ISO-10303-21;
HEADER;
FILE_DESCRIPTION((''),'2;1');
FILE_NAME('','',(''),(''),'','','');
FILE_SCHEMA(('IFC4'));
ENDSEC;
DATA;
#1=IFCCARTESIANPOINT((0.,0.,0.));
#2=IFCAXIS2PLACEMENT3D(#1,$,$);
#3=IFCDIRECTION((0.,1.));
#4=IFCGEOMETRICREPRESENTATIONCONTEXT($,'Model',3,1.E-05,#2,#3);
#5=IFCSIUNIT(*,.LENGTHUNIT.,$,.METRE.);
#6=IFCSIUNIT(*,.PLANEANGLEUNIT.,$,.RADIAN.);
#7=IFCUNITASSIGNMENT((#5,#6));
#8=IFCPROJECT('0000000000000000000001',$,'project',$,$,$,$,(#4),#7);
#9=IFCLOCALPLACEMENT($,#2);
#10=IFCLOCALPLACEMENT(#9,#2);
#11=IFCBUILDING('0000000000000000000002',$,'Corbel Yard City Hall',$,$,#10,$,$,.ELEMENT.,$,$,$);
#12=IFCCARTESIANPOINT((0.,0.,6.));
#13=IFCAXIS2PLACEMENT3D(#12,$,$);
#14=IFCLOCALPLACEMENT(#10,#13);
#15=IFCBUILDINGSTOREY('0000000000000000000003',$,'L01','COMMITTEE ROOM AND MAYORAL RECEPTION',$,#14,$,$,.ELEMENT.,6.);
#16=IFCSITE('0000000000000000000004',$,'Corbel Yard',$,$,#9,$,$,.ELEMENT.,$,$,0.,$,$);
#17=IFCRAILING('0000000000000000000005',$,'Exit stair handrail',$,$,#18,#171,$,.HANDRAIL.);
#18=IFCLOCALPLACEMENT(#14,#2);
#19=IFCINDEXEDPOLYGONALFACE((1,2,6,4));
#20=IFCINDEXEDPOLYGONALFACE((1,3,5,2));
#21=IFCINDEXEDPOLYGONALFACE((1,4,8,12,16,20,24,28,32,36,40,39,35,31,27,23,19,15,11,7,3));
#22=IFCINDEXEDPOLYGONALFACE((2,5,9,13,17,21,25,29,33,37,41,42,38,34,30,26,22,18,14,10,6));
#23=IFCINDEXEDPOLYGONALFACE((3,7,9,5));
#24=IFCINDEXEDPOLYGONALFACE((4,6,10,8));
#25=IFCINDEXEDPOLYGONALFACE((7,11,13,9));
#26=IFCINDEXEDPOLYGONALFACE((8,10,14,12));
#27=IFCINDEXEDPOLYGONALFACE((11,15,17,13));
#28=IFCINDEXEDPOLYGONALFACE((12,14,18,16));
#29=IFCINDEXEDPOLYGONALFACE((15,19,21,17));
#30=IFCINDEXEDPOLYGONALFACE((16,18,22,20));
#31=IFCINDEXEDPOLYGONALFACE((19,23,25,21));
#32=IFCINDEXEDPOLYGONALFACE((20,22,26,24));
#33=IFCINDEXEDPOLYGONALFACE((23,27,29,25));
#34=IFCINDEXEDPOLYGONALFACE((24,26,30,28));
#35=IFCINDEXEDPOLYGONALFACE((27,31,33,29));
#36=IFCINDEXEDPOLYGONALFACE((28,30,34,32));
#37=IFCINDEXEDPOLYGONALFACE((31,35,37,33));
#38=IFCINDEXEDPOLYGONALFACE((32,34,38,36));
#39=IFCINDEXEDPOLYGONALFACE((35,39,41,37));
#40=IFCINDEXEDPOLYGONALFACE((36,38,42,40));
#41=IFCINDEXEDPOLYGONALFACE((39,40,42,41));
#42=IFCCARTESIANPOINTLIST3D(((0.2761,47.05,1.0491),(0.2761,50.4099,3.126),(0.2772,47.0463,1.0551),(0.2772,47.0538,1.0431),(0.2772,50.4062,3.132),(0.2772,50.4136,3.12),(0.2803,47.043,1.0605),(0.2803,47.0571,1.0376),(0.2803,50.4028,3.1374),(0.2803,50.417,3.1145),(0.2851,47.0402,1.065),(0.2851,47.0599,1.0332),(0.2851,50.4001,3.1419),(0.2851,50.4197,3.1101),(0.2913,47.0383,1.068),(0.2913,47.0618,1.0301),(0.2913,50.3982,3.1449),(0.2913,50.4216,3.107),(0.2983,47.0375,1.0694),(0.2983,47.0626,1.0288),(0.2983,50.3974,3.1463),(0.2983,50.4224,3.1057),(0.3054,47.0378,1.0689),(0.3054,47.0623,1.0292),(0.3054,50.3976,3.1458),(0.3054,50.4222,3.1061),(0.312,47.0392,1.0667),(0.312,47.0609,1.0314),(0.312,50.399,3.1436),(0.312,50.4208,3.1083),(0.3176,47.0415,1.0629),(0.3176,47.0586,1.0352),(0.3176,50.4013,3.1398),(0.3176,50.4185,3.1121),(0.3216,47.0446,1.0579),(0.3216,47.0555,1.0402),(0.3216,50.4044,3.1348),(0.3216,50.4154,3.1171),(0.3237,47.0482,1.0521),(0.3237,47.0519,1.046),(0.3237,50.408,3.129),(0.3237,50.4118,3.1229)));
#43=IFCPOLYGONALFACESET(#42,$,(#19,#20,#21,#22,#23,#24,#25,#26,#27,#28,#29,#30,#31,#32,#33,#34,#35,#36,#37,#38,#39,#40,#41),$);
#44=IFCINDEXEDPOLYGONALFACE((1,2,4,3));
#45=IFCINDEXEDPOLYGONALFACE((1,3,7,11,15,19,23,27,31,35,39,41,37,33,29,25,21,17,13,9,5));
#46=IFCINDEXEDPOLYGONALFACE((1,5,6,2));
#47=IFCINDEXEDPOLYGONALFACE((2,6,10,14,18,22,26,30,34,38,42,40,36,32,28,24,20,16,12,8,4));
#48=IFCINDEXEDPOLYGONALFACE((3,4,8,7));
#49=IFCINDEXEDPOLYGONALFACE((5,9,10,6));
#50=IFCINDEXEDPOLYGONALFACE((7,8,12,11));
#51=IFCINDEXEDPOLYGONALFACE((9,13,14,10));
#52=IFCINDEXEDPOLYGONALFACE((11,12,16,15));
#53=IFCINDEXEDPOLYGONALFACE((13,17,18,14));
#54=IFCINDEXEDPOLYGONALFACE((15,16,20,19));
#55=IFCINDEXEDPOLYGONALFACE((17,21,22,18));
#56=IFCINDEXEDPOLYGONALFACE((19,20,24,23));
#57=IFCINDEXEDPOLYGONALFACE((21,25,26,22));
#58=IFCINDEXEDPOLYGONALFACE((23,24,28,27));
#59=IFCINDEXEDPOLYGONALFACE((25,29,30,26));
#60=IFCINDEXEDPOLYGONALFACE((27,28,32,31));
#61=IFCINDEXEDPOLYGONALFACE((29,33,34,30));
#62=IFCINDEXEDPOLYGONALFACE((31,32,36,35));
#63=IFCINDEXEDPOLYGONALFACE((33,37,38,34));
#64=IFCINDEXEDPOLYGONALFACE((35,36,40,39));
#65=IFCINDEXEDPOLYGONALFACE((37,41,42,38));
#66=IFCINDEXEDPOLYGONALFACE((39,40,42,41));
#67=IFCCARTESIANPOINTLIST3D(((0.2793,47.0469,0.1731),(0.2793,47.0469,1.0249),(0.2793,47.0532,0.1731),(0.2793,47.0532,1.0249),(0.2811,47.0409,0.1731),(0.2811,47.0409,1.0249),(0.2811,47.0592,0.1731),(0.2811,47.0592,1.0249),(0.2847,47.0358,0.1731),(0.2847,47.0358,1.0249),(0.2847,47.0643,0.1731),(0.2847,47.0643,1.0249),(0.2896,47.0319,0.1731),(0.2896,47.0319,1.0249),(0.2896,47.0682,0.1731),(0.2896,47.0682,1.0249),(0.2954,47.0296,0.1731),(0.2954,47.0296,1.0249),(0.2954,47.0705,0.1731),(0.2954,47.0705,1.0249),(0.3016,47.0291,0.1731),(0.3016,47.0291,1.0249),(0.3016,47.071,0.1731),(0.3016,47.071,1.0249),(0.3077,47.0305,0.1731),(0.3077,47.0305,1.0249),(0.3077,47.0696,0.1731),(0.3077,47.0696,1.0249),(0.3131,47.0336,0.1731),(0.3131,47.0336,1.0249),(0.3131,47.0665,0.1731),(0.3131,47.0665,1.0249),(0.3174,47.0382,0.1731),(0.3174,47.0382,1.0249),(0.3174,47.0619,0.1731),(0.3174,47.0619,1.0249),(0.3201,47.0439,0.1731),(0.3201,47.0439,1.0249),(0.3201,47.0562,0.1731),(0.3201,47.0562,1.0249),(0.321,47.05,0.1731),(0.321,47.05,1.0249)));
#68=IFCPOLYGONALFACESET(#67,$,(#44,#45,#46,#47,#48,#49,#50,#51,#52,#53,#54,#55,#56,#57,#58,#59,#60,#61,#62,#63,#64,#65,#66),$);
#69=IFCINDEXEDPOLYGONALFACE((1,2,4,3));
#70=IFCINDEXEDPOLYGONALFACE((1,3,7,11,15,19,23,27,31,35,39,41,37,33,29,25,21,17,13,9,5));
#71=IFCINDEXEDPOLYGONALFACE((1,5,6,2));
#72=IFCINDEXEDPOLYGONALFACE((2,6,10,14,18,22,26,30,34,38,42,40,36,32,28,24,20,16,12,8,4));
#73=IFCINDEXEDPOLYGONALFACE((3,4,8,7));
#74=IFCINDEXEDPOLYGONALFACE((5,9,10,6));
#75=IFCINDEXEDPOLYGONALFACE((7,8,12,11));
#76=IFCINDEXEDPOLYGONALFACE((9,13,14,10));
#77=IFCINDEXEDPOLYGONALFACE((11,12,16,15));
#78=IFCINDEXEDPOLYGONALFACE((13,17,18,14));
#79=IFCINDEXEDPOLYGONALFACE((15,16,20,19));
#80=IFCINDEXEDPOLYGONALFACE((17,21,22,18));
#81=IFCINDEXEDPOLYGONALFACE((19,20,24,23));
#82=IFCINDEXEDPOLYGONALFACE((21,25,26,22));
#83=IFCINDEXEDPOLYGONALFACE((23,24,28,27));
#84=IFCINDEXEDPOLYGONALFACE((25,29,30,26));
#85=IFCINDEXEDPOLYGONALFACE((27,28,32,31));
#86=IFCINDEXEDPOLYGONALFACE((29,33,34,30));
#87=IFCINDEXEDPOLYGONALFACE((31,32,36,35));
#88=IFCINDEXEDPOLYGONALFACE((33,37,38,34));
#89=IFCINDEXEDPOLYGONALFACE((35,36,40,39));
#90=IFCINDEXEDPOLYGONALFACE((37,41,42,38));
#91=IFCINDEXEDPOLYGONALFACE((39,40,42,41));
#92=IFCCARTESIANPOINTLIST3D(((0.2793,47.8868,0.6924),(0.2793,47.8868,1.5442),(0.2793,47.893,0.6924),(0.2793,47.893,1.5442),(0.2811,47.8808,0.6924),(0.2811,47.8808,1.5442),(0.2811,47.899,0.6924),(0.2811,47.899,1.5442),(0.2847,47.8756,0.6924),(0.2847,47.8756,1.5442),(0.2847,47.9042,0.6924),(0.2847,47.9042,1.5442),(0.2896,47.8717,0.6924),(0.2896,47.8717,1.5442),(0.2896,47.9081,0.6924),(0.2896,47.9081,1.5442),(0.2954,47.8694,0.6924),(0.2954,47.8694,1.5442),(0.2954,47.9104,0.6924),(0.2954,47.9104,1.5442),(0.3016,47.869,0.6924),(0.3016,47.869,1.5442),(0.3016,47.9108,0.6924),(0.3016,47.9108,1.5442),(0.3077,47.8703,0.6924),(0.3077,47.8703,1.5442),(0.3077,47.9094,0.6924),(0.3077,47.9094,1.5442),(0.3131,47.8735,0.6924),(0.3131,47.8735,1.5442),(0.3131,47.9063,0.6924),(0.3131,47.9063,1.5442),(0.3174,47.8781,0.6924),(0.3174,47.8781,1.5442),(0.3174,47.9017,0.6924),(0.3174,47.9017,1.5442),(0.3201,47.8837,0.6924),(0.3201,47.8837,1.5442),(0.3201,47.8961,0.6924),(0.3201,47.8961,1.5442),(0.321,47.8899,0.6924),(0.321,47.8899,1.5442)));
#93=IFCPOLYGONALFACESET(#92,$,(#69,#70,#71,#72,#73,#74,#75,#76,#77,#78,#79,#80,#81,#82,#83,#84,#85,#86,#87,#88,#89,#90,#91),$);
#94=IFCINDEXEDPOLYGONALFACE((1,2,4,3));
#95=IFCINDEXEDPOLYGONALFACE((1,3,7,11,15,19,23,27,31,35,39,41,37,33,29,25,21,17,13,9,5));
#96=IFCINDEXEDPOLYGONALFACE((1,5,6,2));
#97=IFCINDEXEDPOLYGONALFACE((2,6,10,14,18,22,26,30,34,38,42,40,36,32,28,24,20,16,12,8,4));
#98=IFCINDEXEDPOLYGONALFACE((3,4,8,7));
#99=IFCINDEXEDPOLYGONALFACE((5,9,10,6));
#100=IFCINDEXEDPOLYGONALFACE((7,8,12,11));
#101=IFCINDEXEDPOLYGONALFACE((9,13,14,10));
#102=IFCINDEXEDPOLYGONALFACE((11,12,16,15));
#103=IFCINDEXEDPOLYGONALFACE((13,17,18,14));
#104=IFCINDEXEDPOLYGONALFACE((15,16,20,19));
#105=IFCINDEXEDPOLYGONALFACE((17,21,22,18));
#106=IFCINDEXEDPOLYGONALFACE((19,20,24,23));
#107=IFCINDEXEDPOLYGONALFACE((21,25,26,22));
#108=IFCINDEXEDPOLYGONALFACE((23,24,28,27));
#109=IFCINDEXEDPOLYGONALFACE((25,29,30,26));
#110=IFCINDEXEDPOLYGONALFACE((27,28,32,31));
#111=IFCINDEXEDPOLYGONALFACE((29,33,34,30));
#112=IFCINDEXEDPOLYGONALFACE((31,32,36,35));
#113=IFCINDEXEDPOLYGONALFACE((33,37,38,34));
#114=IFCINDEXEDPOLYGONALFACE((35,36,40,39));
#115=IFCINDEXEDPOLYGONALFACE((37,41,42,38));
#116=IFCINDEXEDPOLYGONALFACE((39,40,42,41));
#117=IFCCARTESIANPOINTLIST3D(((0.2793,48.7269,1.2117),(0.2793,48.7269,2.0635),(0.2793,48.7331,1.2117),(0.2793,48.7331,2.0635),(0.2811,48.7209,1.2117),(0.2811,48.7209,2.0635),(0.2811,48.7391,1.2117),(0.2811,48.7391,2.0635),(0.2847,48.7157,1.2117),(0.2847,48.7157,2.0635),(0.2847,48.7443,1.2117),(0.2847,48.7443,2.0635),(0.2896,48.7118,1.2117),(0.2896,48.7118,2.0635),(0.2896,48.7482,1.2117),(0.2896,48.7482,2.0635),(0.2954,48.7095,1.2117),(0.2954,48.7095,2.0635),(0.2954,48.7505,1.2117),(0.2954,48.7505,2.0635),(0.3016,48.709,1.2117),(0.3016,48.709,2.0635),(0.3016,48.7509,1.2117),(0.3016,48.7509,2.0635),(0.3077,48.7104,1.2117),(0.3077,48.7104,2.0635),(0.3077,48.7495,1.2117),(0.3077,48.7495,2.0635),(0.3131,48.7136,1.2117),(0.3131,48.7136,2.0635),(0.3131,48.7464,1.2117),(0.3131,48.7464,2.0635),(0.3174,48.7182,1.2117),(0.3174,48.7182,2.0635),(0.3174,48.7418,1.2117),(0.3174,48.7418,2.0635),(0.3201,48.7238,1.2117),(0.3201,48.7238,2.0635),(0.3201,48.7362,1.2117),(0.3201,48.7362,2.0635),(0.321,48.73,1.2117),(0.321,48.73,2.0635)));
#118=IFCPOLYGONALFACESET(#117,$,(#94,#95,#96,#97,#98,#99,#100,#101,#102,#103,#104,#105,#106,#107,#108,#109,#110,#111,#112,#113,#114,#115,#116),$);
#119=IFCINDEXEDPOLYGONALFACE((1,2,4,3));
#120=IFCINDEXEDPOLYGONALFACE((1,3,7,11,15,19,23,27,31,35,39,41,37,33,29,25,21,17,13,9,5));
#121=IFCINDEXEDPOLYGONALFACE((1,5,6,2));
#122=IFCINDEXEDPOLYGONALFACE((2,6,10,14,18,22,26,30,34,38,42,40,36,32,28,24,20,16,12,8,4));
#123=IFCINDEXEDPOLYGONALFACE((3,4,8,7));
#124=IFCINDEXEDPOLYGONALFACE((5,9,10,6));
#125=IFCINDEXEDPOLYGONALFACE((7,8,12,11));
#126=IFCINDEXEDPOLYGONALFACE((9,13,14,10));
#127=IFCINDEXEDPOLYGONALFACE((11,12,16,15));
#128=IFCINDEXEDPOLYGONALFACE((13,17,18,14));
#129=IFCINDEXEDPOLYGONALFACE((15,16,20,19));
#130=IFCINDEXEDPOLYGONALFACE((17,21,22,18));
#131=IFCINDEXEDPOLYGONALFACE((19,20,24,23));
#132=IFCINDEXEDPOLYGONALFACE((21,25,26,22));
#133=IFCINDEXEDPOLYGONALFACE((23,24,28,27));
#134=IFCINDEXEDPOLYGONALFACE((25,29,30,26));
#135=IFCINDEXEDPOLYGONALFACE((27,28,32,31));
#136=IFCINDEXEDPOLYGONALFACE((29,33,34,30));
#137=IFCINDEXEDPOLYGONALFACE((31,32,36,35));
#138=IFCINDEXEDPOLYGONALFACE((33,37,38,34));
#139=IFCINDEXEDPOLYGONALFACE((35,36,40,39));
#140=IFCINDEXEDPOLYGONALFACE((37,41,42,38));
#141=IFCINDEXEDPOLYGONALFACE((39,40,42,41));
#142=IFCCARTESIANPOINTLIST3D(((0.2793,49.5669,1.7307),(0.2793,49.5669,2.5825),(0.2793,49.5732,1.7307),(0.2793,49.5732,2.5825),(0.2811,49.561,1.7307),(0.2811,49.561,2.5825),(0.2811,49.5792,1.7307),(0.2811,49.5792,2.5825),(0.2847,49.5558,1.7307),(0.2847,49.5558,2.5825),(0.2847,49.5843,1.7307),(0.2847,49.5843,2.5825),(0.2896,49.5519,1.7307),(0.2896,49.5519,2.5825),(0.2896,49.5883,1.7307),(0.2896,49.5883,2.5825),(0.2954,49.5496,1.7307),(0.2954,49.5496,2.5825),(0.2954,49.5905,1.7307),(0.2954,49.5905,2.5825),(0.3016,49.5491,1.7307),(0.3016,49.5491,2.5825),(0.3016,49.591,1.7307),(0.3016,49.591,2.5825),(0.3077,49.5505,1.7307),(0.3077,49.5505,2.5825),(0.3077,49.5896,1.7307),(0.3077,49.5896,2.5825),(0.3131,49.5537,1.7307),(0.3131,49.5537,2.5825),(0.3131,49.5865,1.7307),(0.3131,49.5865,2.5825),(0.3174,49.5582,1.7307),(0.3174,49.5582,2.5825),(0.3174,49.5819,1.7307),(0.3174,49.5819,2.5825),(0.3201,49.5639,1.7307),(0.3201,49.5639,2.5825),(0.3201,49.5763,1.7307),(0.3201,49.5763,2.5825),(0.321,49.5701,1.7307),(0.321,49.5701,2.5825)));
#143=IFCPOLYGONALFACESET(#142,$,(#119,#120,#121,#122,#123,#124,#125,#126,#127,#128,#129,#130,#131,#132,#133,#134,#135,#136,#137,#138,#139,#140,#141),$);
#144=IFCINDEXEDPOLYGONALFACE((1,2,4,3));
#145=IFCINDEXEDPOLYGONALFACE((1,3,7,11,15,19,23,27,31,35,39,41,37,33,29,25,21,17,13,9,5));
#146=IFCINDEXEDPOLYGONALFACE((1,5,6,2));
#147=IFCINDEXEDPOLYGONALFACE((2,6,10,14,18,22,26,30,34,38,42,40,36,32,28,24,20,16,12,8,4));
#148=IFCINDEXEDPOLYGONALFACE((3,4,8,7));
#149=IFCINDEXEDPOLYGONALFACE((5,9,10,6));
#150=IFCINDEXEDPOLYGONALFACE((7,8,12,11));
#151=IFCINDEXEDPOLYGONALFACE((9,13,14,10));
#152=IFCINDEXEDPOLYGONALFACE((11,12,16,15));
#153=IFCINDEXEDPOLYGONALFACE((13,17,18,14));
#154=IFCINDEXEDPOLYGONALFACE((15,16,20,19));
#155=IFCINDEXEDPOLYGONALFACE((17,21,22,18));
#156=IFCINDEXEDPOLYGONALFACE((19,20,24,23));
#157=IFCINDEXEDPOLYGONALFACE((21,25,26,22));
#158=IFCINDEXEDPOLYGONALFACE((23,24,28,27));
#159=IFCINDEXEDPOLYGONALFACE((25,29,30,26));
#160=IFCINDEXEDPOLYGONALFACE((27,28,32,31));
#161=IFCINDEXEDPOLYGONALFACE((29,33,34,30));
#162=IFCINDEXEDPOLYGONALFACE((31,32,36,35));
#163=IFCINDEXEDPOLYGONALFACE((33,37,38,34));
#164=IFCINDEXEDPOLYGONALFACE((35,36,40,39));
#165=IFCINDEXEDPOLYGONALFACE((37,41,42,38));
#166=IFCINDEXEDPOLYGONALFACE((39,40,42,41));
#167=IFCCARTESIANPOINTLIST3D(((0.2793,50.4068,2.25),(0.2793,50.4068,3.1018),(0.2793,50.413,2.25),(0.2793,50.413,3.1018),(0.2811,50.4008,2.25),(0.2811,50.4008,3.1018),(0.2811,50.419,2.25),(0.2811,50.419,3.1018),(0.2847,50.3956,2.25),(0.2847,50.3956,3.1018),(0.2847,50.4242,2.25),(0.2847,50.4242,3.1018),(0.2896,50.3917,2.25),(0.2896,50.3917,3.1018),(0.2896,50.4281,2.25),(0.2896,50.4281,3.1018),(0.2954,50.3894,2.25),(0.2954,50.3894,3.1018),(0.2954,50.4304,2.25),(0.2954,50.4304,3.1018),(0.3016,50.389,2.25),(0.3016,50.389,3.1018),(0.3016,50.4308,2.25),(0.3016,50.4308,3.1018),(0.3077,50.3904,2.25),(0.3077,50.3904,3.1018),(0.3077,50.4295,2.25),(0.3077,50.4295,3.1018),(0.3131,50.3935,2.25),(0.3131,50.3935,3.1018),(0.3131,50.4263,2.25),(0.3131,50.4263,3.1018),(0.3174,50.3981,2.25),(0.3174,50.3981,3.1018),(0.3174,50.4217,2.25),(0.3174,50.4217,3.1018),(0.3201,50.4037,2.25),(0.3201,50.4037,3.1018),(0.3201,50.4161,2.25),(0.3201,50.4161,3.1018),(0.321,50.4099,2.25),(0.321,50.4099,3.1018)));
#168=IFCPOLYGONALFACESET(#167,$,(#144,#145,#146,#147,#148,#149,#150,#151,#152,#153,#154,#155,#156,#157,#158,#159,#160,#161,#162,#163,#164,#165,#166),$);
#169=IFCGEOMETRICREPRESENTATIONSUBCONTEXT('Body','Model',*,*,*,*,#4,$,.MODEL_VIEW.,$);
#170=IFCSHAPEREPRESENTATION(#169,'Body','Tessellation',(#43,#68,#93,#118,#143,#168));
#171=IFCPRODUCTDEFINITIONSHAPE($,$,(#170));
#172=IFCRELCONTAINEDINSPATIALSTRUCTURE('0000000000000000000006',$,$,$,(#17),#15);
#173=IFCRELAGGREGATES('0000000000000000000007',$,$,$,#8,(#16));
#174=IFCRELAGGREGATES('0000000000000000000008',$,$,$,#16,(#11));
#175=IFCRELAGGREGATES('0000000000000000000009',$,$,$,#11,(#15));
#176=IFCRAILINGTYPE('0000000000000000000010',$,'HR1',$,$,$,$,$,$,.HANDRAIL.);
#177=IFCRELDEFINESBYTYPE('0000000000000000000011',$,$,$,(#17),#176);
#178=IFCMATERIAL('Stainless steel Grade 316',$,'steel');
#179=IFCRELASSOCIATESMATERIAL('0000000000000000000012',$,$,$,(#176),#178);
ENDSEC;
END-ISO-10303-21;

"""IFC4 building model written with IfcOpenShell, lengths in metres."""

from ifc_helpers import new_model, si_unit, direction, frame, origin, origin_2d, place, context, subcontext, project, spatial, circle, extrude, material, type_object, element, save


model = new_model("IFC4")

# Units and contexts
model_context = context("Model", 3, precision=1e-05, world=origin(), true_north=direction((0.0, 1.0)))
body_context = subcontext(model_context, "Body", "Model", "MODEL_VIEW")
ifc_project = project(units=[si_unit("LENGTHUNIT", "METRE"), si_unit("PLANEANGLEUNIT", "RADIAN")], contexts=[model_context])

# Site, building, storey
site_placement = place(None, origin())
site = spatial("IfcSite", under=ifc_project, at=site_placement, Name="Corbel Yard", CompositionType="ELEMENT", RefElevation=0.0)
building_placement = place(site_placement, origin())
building = spatial("IfcBuilding", under=site, at=building_placement, Name="Corbel Yard City Hall", CompositionType="ELEMENT")
storey_placement = place(building_placement, frame((0.0, 0.0, 6.0)))
storey = spatial("IfcBuildingStorey", under=building, at=storey_placement, Name="L01", Description="COMMITTEE ROOM AND MAYORAL RECEPTION", CompositionType="ELEMENT", Elevation=6.0)

# Shared definitions
ifc_material_1 = material(Name="Stainless steel Grade 316", Category="steel")

# Railing
railing_type_1 = type_object("IfcRailingType", Name="HR1", PredefinedType="HANDRAIL", material=ifc_material_1)
for number, where, name in (
    (1, (0.3, 47.05, 0.1731), "Exit stair handrail"),
):
    element("IfcRailing", number, at=place(storey_placement, frame(where)), inside=storey, type_object=railing_type_1, Name=name, PredefinedType="HANDRAIL", context=body_context, shape_type="SweptSolid", body=[
        extrude(circle(Radius=0.0239, at=origin_2d()), frame((0.0, 0.0, 0.876), z_axis=(0.0, 0.850606, 0.525803), x_axis=(-1.0, 0.0, 0.0)), (0.0, 0.0, 1.0), 3.95),
        extrude(circle(Radius=0.021, at=origin_2d()), origin(), (0.0, 0.0, 1.0), 0.8518),
        extrude(circle(Radius=0.021, at=origin_2d()), frame((0.0, 0.8398, 0.5193)), (0.0, 0.0, 1.0), 0.8518),
        extrude(circle(Radius=0.021, at=origin_2d()), frame((0.0, 1.6799, 1.0386)), (0.0, 0.0, 1.0), 0.8518),
        extrude(circle(Radius=0.021, at=origin_2d()), frame((0.0, 2.52, 1.5576)), (0.0, 0.0, 1.0), 0.8518),
        extrude(circle(Radius=0.021, at=origin_2d()), frame((0.0, 3.3599, 2.0769)), (0.0, 0.0, 1.0), 0.8518),
    ])

save(model, "model.ifc")
